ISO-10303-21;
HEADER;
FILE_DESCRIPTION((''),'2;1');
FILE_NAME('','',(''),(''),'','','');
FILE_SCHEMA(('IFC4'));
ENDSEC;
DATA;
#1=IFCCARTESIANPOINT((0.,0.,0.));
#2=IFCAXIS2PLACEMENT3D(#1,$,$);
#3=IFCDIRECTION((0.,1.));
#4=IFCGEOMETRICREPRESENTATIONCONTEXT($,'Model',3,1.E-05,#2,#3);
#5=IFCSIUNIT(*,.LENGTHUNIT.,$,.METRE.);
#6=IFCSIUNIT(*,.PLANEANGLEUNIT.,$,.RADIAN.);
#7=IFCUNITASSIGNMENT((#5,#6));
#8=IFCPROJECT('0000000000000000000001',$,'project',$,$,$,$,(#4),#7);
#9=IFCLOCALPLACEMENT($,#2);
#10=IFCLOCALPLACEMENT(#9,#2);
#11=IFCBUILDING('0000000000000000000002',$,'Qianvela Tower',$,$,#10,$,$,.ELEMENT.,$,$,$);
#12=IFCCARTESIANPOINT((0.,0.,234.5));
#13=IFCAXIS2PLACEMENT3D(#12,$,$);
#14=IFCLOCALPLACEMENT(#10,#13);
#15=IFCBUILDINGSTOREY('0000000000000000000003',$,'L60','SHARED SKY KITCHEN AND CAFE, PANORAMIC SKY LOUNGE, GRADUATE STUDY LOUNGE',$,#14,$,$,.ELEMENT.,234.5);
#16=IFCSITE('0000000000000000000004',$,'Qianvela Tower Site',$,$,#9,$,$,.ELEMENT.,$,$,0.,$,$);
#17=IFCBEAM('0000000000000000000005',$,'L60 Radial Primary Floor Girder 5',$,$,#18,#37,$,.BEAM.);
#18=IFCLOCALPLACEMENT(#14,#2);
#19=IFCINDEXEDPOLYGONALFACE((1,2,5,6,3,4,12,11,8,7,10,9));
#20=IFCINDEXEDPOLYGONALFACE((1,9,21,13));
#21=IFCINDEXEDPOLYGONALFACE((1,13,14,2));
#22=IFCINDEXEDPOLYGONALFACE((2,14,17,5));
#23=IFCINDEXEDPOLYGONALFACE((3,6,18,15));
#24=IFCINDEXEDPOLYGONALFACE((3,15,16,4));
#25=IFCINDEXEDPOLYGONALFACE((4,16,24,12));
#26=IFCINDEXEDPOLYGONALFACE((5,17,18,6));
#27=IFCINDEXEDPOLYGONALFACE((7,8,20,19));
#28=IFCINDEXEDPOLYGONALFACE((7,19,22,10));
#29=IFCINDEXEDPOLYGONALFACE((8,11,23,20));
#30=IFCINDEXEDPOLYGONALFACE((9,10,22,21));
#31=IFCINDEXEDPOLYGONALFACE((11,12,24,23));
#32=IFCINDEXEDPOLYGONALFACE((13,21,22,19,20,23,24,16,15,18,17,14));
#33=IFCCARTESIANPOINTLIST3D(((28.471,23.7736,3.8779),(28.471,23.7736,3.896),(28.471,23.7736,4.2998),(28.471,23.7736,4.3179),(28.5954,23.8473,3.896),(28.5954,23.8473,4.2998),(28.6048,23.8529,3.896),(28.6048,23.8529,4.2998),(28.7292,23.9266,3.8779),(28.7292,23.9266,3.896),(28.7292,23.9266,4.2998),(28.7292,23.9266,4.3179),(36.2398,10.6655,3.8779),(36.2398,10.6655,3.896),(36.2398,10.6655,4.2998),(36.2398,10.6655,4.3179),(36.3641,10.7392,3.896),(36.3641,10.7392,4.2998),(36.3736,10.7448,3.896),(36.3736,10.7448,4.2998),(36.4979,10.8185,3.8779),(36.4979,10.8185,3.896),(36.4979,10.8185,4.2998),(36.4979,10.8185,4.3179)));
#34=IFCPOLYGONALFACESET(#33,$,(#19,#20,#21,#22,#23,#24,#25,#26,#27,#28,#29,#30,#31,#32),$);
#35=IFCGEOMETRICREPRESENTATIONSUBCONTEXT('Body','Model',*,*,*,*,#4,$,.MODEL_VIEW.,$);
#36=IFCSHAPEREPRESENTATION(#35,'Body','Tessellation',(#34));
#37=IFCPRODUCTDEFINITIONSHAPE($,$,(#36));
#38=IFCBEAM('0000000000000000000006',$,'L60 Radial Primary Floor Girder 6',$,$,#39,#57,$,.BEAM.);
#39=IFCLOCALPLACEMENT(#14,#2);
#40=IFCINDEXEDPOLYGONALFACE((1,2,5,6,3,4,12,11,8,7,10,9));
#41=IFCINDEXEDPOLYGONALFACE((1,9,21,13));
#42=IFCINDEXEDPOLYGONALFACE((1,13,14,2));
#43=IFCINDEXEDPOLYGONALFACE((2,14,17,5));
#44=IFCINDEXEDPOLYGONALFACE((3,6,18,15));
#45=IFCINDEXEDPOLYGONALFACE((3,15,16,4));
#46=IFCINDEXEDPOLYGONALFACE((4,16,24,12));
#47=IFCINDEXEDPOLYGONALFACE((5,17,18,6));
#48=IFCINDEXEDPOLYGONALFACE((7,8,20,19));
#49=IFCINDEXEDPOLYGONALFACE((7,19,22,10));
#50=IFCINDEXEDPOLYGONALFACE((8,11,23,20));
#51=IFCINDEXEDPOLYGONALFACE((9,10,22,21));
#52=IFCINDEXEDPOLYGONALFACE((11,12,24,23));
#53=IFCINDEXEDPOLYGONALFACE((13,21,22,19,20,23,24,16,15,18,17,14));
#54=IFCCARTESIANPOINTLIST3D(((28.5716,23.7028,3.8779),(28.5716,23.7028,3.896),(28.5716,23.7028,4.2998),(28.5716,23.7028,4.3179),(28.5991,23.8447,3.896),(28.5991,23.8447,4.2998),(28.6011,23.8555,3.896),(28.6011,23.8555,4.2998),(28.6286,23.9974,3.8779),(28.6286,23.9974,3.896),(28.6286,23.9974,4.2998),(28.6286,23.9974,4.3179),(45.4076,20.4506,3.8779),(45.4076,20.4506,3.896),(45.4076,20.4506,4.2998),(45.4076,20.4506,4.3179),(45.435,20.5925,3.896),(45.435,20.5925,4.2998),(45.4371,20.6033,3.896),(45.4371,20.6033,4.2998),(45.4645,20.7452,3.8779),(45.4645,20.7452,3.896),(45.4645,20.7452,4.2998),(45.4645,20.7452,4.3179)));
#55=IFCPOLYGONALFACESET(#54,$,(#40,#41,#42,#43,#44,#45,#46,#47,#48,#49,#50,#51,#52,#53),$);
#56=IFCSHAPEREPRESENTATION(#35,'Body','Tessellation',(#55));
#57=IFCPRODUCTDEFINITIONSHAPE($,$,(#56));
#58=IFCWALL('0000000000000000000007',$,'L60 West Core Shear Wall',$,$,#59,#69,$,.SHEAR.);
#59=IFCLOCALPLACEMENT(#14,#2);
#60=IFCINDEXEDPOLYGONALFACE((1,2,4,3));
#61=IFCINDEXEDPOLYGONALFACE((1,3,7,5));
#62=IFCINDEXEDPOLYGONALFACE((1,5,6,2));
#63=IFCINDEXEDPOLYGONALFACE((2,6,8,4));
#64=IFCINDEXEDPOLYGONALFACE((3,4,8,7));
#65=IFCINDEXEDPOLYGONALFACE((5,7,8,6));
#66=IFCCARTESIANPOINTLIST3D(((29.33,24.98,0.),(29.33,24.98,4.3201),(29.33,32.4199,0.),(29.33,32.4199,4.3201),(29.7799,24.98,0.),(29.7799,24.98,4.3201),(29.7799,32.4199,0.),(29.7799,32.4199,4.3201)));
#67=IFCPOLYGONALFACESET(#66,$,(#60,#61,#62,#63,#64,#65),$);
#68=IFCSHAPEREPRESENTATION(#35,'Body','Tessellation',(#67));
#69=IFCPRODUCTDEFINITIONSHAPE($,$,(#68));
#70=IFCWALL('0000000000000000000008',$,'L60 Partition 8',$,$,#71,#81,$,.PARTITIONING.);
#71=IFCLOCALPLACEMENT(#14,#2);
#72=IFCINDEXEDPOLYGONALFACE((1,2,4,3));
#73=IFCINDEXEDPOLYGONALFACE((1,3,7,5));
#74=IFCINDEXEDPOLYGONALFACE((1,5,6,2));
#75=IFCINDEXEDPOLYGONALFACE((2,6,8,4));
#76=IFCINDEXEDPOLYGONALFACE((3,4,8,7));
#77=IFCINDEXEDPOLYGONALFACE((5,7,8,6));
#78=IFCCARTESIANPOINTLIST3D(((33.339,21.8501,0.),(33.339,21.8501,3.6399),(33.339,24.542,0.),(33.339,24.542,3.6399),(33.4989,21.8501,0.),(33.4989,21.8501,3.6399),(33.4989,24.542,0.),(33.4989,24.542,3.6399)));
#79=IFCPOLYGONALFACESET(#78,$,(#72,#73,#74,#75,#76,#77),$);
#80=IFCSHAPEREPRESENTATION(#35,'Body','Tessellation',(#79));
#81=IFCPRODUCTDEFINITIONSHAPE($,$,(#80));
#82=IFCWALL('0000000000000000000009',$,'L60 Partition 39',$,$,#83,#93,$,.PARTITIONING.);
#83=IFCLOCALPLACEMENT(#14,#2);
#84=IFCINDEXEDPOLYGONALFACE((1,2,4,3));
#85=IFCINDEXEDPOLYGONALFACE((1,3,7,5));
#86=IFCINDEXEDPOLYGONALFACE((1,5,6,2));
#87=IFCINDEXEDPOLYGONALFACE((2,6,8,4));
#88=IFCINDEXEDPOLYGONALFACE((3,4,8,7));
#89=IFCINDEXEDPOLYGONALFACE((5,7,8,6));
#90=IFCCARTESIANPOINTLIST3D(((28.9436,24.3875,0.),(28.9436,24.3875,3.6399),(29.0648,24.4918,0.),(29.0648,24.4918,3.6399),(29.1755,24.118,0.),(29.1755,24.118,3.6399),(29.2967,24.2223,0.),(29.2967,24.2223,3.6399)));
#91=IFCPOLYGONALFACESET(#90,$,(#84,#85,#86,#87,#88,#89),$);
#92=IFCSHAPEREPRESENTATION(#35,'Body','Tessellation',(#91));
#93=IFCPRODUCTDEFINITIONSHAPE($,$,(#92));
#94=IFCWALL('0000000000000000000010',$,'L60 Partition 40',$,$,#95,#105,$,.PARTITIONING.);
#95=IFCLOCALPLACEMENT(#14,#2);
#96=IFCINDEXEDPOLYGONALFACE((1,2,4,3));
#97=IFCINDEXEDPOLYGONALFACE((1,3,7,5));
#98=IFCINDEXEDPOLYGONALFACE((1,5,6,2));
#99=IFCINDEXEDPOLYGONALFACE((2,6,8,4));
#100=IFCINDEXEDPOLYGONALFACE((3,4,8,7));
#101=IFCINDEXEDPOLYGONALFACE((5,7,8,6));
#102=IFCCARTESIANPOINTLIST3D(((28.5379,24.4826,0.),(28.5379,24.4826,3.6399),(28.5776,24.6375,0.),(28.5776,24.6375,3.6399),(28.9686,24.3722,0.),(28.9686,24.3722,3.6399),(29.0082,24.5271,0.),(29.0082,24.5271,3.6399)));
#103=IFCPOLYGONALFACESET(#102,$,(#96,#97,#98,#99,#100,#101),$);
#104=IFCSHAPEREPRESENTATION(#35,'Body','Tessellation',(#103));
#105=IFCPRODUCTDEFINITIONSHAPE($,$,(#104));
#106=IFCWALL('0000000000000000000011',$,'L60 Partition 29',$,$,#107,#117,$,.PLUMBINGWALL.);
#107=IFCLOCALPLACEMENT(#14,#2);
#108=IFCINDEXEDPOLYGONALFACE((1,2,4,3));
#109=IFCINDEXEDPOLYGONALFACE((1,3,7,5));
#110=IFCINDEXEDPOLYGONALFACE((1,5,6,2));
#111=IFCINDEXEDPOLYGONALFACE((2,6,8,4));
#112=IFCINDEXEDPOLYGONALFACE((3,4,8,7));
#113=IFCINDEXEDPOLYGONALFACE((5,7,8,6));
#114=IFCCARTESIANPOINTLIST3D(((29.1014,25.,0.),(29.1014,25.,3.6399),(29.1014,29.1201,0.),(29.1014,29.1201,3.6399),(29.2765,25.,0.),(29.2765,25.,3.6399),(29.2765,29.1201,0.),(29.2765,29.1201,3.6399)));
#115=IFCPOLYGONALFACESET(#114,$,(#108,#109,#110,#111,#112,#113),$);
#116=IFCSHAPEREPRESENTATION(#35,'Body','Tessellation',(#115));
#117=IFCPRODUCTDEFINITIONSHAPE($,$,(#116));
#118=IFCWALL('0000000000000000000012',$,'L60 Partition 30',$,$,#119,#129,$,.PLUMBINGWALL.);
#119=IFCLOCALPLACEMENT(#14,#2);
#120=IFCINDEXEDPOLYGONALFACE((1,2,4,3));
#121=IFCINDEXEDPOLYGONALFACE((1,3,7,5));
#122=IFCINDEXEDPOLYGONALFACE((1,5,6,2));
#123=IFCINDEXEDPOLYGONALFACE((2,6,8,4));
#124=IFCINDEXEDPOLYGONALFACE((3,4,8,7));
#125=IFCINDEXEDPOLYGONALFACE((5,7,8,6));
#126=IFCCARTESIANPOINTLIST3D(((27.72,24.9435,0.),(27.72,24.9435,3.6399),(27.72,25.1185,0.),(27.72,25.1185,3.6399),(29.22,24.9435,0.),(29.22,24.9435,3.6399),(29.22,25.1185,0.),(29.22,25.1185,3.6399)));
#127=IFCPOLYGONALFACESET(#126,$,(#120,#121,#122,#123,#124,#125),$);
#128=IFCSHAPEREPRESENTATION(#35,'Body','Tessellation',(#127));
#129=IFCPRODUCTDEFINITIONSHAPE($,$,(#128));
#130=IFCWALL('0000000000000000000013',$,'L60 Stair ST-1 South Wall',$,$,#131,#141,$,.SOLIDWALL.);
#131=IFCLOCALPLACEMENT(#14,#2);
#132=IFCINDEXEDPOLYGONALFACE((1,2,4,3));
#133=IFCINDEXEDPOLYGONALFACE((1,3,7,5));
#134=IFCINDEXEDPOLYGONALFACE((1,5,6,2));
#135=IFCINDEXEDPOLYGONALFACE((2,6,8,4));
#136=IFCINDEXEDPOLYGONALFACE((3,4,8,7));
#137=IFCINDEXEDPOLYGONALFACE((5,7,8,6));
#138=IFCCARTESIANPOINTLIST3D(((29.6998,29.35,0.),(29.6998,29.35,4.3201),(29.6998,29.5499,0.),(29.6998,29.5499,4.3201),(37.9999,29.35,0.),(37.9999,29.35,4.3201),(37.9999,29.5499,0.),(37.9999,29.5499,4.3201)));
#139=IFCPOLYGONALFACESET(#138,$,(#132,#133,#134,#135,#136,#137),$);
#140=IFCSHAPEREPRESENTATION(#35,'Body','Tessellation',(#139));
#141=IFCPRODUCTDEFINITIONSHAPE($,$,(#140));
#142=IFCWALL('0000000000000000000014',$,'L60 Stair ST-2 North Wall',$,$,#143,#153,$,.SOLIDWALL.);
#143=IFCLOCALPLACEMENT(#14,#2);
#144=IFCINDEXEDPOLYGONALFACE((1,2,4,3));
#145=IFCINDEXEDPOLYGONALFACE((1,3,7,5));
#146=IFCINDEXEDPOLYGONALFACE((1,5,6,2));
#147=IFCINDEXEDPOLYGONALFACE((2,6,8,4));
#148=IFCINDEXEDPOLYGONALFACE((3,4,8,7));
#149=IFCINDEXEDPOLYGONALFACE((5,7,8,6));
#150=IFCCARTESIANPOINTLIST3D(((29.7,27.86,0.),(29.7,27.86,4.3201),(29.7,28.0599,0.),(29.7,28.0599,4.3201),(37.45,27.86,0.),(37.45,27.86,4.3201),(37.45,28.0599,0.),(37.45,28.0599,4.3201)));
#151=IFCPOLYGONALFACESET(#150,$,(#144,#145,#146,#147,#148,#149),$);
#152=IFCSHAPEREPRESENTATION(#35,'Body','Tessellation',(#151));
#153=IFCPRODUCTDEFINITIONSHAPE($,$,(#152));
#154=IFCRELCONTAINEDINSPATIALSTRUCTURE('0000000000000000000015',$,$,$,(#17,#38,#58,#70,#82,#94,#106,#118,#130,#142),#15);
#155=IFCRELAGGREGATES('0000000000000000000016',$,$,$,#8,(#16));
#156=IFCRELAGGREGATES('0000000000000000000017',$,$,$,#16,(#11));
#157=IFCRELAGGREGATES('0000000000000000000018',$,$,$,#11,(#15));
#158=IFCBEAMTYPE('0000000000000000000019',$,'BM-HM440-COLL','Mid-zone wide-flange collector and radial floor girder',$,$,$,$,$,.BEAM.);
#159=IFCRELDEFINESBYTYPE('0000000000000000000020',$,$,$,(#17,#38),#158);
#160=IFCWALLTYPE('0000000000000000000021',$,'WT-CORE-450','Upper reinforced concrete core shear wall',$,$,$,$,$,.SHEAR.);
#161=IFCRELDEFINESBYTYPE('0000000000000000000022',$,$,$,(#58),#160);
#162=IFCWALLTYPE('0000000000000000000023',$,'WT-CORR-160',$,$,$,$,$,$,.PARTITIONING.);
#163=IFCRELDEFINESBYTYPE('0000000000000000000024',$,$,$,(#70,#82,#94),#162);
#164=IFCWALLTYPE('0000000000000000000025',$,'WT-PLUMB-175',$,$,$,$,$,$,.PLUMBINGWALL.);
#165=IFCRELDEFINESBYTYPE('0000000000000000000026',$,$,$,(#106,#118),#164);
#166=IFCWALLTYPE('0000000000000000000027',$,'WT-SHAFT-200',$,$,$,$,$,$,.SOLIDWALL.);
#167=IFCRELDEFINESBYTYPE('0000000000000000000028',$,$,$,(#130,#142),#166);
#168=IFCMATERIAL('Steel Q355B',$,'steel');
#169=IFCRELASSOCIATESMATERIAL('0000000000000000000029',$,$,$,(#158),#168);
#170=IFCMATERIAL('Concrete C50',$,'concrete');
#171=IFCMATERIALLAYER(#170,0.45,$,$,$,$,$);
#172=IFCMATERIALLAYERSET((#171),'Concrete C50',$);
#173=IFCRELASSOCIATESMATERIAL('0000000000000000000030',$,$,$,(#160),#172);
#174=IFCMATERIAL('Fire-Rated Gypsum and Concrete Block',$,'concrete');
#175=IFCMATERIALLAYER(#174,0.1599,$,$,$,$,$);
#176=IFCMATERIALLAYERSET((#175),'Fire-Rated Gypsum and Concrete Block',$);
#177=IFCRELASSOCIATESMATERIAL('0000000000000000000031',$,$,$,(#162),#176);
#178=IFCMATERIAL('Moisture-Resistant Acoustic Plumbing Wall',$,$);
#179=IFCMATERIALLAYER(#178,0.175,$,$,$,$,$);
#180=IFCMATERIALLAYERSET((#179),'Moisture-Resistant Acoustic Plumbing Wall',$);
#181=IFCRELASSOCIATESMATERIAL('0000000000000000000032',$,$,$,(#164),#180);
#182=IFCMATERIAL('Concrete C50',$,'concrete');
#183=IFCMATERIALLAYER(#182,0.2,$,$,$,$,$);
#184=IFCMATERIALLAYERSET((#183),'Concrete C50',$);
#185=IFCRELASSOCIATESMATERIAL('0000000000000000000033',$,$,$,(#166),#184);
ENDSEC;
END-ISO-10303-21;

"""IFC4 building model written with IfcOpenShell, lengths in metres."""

from ifc_helpers import new_model, si_unit, direction, frame, frame_2d, origin, origin_2d, place, context, subcontext, project, spatial, rectangle, i_section, extrude, material, layer, layer_set, material_profile, profile_set, type_object, element, save


model = new_model("IFC4")

# Units and contexts
model_context = context("Model", 3, precision=1e-05, world=origin(), true_north=direction((0.0, 1.0)))
body_context = subcontext(model_context, "Body", "Model", "MODEL_VIEW")
ifc_project = project(units=[si_unit("LENGTHUNIT", "METRE"), si_unit("PLANEANGLEUNIT", "RADIAN")], contexts=[model_context])

# Site, building, storey
site_placement = place(None, origin())
site = spatial("IfcSite", under=ifc_project, at=site_placement, Name="Qianvela Tower Site", CompositionType="ELEMENT", RefElevation=0.0)
building_placement = place(site_placement, origin())
building = spatial("IfcBuilding", under=site, at=building_placement, Name="Qianvela Tower", CompositionType="ELEMENT")
storey_placement = place(building_placement, frame((0.0, 0.0, 234.5)))
storey = spatial("IfcBuildingStorey", under=building, at=storey_placement, Name="L60", Description="SHARED SKY KITCHEN AND CAFE, PANORAMIC SKY LOUNGE, GRADUATE STUDY LOUNGE", CompositionType="ELEMENT", Elevation=234.5)

# Beams
ifc_material_1 = material(Name="Steel Q355B", Category="steel")
ifc_material_profile = material_profile(ifc_material_1, i_section(OverallWidth=0.3, OverallDepth=0.4399, WebThickness=0.011, FlangeThickness=0.0181, at=origin_2d()), Name="HM440x300x11x18")
ifc_profile_set = profile_set([ifc_material_profile], Name="Steel Q355B")
beam_type = type_object("IfcBeamType", Name="BM-HM440-COLL", Description="Mid-zone wide-flange collector and radial floor girder", PredefinedType="BEAM", material=ifc_profile_set)
beam_1_placement = place(storey_placement, frame((28.6001, 23.8501, 4.0979), z_axis=(0.509851, -0.860263, 0.0), x_axis=(0.860263, 0.509851, 0.0)))
element("IfcBeam", 1, at=beam_1_placement, inside=storey, type_object=beam_type, Name="L60 Radial Primary Floor Girder 5", PredefinedType="BEAM", context=body_context, shape_type="SweptSolid", body=[
    extrude(i_section(OverallWidth=0.3, OverallDepth=0.4399, WebThickness=0.011, FlangeThickness=0.0181, at=origin_2d()), origin(), (0.0, 0.0, 1.0), 15.2373),
])
beam_2_placement = place(storey_placement, frame((28.6001, 23.8501, 4.0979), z_axis=(0.981849, -0.189664, 0.0), x_axis=(0.189664, 0.981849, 0.0)))
element("IfcBeam", 2, at=beam_2_placement, inside=storey, type_object=beam_type, Name="L60 Radial Primary Floor Girder 6", PredefinedType="BEAM", context=body_context, shape_type="SweptSolid", body=[
    extrude(i_section(OverallWidth=0.3, OverallDepth=0.4399, WebThickness=0.011, FlangeThickness=0.0181, at=origin_2d()), origin(), (0.0, 0.0, 1.0), 17.1472),
])

# Shared definitions
ifc_material_2 = material(Name="Concrete C50", Category="concrete")
ifc_layer_1 = layer(ifc_material_2, 0.45)
ifc_layer_set_1 = layer_set([ifc_layer_1], Name="Concrete C50")
wall_type_1 = type_object("IfcWallType", Name="WT-CORE-450", Description="Upper reinforced concrete core shear wall", PredefinedType="SHEAR", material=ifc_layer_set_1)

# Walls
wall_1_placement = place(storey_placement, frame((29.5549, 24.98, 0.0), z_axis=(0.0, 0.0, 1.0), x_axis=(0.0, 1.0, 0.0)))
element("IfcWall", 3, at=wall_1_placement, inside=storey, type_object=wall_type_1, Name="L60 West Core Shear Wall", PredefinedType="SHEAR", context=body_context, shape_type="SweptSolid", body=[
    extrude(rectangle(XDim=7.4399, YDim=0.45, at=frame_2d((3.72, 0.0))), origin(), (0.0, 0.0, 1.0), 4.3201),
])
ifc_material_3 = material(Name="Fire-Rated Gypsum and Concrete Block", Category="concrete")
ifc_layer_2 = layer(ifc_material_3, 0.1599)
ifc_layer_set_2 = layer_set([ifc_layer_2], Name="Fire-Rated Gypsum and Concrete Block")
wall_type_2 = type_object("IfcWallType", Name="WT-CORR-160", PredefinedType="PARTITIONING", material=ifc_layer_set_2)
wall_2_placement = place(storey_placement, frame((33.4189, 24.542, 0.0), z_axis=(0.0, 0.0, 1.0), x_axis=(0.0, -1.0, 0.0)))
element("IfcWall", 4, at=wall_2_placement, inside=storey, type_object=wall_type_2, Name="L60 Partition 8", PredefinedType="PARTITIONING", context=body_context, shape_type="SweptSolid", body=[
    extrude(rectangle(XDim=2.6919, YDim=0.1599, at=frame_2d((1.3459, 0.0))), origin(), (0.0, 0.0, 1.0), 3.6399),
])
wall_3_placement = place(storey_placement, frame((29.2361, 24.1702, 0.0), z_axis=(0.0, 0.0, 1.0), x_axis=(-0.65226, 0.757995, 0.0)))
element("IfcWall", 5, at=wall_3_placement, inside=storey, type_object=wall_type_2, Name="L60 Partition 39", PredefinedType="PARTITIONING", context=body_context, shape_type="SweptSolid", body=[
    extrude(rectangle(XDim=0.3555, YDim=0.1599, at=frame_2d((0.1777, 0.0))), origin(), (0.0, 0.0, 1.0), 3.6399),
])
wall_4_placement = place(storey_placement, frame((28.9883, 24.4497, 0.0), z_axis=(0.0, 0.0, 1.0), x_axis=(-0.968705, 0.248217, 0.0)))
element("IfcWall", 6, at=wall_4_placement, inside=storey, type_object=wall_type_2, Name="L60 Partition 40", PredefinedType="PARTITIONING", context=body_context, shape_type="SweptSolid", body=[
    extrude(rectangle(XDim=0.4446, YDim=0.1599, at=frame_2d((0.2222, 0.0))), origin(), (0.0, 0.0, 1.0), 3.6399),
])
ifc_material_4 = material(Name="Moisture-Resistant Acoustic Plumbing Wall")
ifc_layer_3 = layer(ifc_material_4, 0.175)
ifc_layer_set_3 = layer_set([ifc_layer_3], Name="Moisture-Resistant Acoustic Plumbing Wall")
wall_type_3 = type_object("IfcWallType", Name="WT-PLUMB-175", PredefinedType="PLUMBINGWALL", material=ifc_layer_set_3)
wall_5_placement = place(storey_placement, frame((29.189, 29.1201, 0.0), z_axis=(0.0, 0.0, 1.0), x_axis=(0.0, -1.0, 0.0)))
element("IfcWall", 7, at=wall_5_placement, inside=storey, type_object=wall_type_3, Name="L60 Partition 29", PredefinedType="PLUMBINGWALL", context=body_context, shape_type="SweptSolid", body=[
    extrude(rectangle(XDim=4.1201, YDim=0.175, at=frame_2d((2.0601, 0.0))), origin(), (0.0, 0.0, 1.0), 3.6399),
])
wall_6_placement = place(storey_placement, frame((29.22, 25.031, 0.0), z_axis=(0.0, 0.0, 1.0), x_axis=(-1.0, 0.0, 0.0)))
element("IfcWall", 8, at=wall_6_placement, inside=storey, type_object=wall_type_3, Name="L60 Partition 30", PredefinedType="PLUMBINGWALL", context=body_context, shape_type="SweptSolid", body=[
    extrude(rectangle(XDim=1.5, YDim=0.175, at=frame_2d((0.75, 0.0))), origin(), (0.0, 0.0, 1.0), 3.6399),
])
ifc_material_5 = material(Name="Concrete C50", Category="concrete")
ifc_layer_4 = layer(ifc_material_5, 0.2)
ifc_layer_set_4 = layer_set([ifc_layer_4], Name="Concrete C50")
wall_type_4 = type_object("IfcWallType", Name="WT-SHAFT-200", PredefinedType="SOLIDWALL", material=ifc_layer_set_4)
wall_7_placement = place(storey_placement, frame((29.7, 29.45, 0.0), z_axis=(0.0, 0.0, 1.0), x_axis=(1.0, 0.0, 0.0)))
element("IfcWall", 9, at=wall_7_placement, inside=storey, type_object=wall_type_4, Name="L60 Stair ST-1 South Wall", PredefinedType="SOLIDWALL", context=body_context, shape_type="SweptSolid", body=[
    extrude(rectangle(XDim=8.3, YDim=0.2, at=frame_2d((4.1499, 0.0))), origin(), (0.0, 0.0, 1.0), 4.3201),
])
wall_8_placement = place(storey_placement, frame((29.7, 27.96, 0.0), z_axis=(0.0, 0.0, 1.0), x_axis=(1.0, 0.0, 0.0)))
element("IfcWall", 10, at=wall_8_placement, inside=storey, type_object=wall_type_4, Name="L60 Stair ST-2 North Wall", PredefinedType="SOLIDWALL", context=body_context, shape_type="SweptSolid", body=[
    extrude(rectangle(XDim=7.75, YDim=0.2, at=frame_2d((3.875, 0.0))), origin(), (0.0, 0.0, 1.0), 4.3201),
])

save(model, "model.ifc")
